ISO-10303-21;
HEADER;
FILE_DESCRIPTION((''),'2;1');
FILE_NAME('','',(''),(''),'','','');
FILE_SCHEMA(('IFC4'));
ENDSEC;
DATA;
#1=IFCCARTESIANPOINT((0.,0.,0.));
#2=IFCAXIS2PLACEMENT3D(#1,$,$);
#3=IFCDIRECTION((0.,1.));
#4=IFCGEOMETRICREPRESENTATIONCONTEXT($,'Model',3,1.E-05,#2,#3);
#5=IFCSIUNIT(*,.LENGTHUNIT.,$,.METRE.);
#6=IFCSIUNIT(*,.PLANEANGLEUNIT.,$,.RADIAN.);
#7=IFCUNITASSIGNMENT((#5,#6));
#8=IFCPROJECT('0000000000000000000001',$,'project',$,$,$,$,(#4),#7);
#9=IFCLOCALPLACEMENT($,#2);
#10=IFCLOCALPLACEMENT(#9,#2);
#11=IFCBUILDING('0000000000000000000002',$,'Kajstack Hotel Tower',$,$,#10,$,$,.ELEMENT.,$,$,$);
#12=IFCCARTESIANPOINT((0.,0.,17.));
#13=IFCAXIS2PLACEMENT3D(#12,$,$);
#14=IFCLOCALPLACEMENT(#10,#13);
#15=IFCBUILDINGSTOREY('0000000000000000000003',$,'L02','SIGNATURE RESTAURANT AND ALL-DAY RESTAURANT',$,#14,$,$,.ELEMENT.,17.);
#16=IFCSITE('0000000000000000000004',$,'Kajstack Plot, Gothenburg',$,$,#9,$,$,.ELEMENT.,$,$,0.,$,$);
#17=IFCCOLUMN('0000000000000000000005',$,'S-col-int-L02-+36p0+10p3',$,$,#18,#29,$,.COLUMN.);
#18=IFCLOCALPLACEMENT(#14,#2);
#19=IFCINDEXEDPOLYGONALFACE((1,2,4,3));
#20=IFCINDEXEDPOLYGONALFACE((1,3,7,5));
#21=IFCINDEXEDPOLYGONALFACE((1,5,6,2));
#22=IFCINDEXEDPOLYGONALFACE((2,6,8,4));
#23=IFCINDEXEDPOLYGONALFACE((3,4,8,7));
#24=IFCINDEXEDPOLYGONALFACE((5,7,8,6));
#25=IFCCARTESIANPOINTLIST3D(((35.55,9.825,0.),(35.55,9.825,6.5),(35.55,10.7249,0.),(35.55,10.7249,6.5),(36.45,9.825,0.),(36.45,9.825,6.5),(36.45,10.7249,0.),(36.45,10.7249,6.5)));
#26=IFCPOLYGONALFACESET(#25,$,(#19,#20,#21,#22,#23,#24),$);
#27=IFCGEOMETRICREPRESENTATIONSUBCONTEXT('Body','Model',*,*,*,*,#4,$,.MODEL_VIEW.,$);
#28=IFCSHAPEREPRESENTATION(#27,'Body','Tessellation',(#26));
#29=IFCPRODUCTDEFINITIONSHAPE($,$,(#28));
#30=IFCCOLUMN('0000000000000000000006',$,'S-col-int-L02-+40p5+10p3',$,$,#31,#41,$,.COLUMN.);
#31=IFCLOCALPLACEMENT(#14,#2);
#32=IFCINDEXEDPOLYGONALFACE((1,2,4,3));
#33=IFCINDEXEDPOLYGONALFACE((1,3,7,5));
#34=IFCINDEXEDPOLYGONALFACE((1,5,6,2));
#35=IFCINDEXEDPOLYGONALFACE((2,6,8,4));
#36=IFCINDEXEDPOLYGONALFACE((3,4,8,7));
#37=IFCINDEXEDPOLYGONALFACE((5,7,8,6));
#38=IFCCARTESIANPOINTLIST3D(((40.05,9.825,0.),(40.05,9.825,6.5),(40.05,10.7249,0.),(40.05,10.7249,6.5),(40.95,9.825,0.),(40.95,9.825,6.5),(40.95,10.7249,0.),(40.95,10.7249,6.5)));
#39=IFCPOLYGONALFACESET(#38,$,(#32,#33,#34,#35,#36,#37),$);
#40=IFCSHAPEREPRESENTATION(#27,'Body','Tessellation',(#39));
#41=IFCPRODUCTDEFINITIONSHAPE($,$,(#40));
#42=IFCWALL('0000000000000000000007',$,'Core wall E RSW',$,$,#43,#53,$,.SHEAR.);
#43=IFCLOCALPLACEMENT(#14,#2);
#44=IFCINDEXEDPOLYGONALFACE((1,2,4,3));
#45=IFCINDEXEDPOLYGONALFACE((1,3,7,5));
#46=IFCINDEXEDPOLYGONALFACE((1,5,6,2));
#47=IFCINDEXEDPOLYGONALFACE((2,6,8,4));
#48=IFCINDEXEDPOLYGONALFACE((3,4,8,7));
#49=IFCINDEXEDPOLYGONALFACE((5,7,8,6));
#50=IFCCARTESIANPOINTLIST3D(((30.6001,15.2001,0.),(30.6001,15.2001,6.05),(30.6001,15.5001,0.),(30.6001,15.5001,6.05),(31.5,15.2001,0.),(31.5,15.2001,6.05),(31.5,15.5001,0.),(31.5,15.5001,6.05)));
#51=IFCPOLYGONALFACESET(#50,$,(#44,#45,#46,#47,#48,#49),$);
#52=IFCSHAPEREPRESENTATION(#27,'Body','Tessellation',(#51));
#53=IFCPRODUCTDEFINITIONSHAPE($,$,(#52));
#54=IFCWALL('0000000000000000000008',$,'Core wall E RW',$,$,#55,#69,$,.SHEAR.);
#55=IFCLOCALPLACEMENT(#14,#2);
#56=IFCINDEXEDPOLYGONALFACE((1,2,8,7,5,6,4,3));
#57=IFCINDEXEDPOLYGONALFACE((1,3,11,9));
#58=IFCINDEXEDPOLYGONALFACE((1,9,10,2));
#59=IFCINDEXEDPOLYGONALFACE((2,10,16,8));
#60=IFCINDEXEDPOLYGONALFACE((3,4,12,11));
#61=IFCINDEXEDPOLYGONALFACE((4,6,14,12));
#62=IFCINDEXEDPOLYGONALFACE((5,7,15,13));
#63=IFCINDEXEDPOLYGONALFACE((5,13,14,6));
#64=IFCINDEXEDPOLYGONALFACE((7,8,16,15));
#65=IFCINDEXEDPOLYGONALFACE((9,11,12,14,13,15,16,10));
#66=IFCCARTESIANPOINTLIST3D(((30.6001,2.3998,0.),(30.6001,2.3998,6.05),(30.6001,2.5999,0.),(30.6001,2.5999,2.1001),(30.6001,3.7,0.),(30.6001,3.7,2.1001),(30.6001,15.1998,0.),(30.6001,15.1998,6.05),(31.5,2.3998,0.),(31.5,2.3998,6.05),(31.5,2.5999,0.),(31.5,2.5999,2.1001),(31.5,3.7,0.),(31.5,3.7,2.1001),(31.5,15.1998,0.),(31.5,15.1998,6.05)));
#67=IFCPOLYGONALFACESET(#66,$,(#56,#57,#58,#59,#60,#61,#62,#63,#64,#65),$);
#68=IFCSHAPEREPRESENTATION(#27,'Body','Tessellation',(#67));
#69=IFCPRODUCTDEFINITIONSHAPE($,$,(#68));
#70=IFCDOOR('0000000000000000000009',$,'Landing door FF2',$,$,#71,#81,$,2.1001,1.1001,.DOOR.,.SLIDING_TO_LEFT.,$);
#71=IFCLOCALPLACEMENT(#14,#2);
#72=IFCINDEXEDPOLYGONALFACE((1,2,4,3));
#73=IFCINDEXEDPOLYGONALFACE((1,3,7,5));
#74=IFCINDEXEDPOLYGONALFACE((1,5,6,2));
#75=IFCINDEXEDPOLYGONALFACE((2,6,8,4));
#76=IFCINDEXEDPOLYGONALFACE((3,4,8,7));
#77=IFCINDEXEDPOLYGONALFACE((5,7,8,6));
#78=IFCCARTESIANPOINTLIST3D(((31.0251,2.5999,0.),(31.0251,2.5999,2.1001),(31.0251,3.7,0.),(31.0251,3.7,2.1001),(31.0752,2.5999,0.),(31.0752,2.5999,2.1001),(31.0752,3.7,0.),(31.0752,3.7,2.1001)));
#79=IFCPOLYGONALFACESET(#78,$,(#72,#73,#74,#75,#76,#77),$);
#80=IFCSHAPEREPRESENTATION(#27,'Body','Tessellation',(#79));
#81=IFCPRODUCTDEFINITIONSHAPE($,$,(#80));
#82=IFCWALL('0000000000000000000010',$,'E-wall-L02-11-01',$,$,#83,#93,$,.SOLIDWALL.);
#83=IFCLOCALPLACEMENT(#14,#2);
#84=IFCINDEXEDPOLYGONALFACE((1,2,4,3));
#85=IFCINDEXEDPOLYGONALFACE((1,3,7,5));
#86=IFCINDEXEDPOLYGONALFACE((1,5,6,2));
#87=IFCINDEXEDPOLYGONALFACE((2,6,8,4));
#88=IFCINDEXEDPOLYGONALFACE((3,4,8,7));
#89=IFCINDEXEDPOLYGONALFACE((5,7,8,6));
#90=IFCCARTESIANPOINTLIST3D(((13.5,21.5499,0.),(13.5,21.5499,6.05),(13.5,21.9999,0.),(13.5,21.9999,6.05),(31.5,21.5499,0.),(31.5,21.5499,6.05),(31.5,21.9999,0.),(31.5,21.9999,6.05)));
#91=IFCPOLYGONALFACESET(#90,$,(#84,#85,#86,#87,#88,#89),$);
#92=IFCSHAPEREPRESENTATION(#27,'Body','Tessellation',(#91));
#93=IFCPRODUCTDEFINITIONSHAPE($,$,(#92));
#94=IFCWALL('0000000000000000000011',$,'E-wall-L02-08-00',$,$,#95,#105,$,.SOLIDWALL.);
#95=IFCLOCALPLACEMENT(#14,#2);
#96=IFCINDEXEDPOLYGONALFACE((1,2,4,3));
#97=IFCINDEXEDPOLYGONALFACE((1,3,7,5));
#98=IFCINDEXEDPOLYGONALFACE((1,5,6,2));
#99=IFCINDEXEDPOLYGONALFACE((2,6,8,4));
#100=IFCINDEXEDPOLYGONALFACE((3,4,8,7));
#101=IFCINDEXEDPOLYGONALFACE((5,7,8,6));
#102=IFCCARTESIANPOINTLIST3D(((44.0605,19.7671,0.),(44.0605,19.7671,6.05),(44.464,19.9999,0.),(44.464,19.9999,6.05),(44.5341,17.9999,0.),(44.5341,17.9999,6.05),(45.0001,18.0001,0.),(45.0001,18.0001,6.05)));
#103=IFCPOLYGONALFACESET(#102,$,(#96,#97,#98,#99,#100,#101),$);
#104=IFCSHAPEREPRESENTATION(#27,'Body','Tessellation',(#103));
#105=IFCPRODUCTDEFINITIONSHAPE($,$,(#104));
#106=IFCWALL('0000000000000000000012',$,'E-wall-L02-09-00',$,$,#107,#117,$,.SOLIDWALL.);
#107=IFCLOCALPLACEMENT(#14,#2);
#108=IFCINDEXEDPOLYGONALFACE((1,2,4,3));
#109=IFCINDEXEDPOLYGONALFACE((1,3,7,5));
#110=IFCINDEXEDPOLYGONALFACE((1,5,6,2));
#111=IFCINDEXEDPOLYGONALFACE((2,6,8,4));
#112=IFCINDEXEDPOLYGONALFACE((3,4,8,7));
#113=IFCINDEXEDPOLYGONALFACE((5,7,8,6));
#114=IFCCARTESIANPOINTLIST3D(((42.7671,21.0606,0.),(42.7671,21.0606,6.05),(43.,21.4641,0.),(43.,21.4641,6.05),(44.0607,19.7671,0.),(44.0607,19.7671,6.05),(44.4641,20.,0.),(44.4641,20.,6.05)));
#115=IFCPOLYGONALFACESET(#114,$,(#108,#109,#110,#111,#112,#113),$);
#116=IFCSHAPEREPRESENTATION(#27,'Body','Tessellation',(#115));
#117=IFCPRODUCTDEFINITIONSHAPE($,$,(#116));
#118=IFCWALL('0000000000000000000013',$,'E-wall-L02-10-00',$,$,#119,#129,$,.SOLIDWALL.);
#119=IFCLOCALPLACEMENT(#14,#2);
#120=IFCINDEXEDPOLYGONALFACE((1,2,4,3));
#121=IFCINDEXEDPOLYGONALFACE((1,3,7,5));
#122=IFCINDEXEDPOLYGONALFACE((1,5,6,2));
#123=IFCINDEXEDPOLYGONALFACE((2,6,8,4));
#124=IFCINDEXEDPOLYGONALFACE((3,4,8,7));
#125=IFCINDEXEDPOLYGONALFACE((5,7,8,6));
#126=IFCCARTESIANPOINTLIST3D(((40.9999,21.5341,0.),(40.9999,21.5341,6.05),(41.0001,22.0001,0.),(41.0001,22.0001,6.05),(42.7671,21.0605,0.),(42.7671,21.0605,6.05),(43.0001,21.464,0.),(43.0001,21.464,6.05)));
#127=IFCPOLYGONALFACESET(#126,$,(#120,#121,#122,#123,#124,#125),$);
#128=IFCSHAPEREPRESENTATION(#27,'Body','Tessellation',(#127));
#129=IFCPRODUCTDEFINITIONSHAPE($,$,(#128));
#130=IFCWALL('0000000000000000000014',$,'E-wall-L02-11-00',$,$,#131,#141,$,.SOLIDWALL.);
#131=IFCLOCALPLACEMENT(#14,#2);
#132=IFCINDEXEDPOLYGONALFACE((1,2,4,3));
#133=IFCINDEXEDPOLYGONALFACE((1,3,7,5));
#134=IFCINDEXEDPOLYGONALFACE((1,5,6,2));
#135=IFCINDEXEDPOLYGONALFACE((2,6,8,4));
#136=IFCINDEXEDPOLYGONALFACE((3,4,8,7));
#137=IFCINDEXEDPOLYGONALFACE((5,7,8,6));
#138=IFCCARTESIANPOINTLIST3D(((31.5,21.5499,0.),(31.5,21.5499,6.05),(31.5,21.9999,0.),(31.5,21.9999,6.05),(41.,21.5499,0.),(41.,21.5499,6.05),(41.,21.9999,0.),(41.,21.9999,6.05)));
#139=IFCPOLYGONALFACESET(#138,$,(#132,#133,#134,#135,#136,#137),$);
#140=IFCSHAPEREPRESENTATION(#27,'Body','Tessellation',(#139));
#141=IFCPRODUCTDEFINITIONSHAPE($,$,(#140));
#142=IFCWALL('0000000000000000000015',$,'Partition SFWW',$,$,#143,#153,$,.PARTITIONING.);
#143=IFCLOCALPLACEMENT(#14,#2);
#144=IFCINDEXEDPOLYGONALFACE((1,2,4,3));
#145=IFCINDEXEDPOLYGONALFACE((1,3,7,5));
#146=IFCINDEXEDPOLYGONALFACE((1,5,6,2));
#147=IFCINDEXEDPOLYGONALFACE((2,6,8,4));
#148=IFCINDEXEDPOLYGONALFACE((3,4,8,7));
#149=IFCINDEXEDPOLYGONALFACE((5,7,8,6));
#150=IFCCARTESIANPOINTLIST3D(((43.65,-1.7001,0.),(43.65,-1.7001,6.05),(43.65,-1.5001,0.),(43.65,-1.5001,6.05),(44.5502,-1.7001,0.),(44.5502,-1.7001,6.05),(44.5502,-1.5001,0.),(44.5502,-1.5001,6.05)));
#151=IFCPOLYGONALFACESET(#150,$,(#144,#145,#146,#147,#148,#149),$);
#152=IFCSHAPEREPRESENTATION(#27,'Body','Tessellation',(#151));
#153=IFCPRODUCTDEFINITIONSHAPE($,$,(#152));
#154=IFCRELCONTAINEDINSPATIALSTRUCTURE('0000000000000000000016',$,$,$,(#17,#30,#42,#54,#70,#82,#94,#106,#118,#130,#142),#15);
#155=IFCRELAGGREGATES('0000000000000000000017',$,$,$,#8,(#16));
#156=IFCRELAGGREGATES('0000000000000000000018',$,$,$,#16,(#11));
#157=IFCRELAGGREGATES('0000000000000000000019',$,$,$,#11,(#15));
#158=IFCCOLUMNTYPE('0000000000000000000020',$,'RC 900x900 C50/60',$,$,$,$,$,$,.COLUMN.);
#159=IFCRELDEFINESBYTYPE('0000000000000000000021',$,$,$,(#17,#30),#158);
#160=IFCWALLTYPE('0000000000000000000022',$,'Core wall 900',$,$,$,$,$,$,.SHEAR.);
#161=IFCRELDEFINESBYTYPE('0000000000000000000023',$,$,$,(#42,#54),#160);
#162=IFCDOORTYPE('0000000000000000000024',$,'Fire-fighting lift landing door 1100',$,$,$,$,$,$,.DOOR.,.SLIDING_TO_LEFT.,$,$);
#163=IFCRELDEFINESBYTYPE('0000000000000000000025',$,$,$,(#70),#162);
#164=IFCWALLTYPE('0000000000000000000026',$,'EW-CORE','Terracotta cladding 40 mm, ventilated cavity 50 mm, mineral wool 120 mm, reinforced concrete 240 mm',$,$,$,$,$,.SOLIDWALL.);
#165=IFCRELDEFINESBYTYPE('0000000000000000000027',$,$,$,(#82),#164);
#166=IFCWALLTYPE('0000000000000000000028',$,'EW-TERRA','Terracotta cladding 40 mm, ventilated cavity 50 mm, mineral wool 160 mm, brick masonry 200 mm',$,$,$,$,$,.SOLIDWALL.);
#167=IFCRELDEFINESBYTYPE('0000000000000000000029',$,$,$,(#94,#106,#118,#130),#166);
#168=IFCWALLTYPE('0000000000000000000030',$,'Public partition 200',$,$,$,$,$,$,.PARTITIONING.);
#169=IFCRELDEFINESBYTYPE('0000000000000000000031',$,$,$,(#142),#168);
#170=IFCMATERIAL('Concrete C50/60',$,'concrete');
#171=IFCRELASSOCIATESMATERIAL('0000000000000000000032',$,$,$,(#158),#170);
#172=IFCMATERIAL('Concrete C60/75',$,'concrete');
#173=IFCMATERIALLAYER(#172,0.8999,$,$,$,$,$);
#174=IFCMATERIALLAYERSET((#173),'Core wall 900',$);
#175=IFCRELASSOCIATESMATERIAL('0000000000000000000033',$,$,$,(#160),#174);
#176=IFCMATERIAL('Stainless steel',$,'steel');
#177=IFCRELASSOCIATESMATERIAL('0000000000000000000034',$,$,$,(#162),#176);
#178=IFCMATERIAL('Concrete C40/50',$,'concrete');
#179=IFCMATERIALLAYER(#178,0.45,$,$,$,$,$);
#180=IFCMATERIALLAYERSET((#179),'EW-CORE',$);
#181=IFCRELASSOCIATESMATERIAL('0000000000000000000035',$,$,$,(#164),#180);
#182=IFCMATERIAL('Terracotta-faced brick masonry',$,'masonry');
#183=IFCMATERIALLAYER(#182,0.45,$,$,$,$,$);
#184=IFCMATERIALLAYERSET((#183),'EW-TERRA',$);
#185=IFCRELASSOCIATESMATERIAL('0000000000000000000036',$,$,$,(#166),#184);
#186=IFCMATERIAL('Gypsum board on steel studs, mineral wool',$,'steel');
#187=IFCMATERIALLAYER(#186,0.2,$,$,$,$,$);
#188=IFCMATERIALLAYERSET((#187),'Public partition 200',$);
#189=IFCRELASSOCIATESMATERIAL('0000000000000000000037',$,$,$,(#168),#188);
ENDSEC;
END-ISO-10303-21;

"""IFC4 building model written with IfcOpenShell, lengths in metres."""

from ifc_helpers import new_model, si_unit, direction, frame, frame_2d, origin, origin_2d, place, context, subcontext, project, spatial, polyline, rectangle, outline, extrude, material, layer, layer_set, material_profile, profile_set, type_object, element, fill, save


model = new_model("IFC4")

# Units and contexts
model_context = context("Model", 3, precision=1e-05, world=origin(), true_north=direction((0.0, 1.0)))
body_context = subcontext(model_context, "Body", "Model", "MODEL_VIEW")
ifc_project = project(units=[si_unit("LENGTHUNIT", "METRE"), si_unit("PLANEANGLEUNIT", "RADIAN")], contexts=[model_context])

# Site, building, storey
site_placement = place(None, origin())
site = spatial("IfcSite", under=ifc_project, at=site_placement, Name="Kajstack Plot, Gothenburg", CompositionType="ELEMENT", RefElevation=0.0)
building_placement = place(site_placement, origin())
building = spatial("IfcBuilding", under=site, at=building_placement, Name="Kajstack Hotel Tower", CompositionType="ELEMENT")
storey_placement = place(building_placement, frame((0.0, 0.0, 17.0)))
storey = spatial("IfcBuildingStorey", under=building, at=storey_placement, Name="L02", Description="SIGNATURE RESTAURANT AND ALL-DAY RESTAURANT", CompositionType="ELEMENT", Elevation=17.0)

# Columns
ifc_material_1 = material(Name="Concrete C50/60", Category="concrete")
ifc_material_profile = material_profile(ifc_material_1, rectangle(XDim=0.8999, YDim=0.8999, at=origin_2d()), Name="RC 900x900")
ifc_profile_set = profile_set([ifc_material_profile], Name="Concrete C50/60")
column_type = type_object("IfcColumnType", Name="RC 900x900 C50/60", PredefinedType="COLUMN", material=ifc_profile_set)
for number, where, z_axis, x_axis, name in (
    (1, (36.0, 10.2749, 0.0), (0.0, 0.0, 1.0), (1.0, 0.0, 0.0), "S-col-int-L02-+36p0+10p3"),
    (2, (40.5, 10.2749, 0.0), (0.0, 0.0, 1.0), (1.0, 0.0, 0.0), "S-col-int-L02-+40p5+10p3"),
):
    element("IfcColumn", number, at=place(storey_placement, frame(where, z_axis=z_axis, x_axis=x_axis)), inside=storey, type_object=column_type, Name=name, PredefinedType="COLUMN", context=body_context, shape_type="SweptSolid", body=[
        extrude(rectangle(XDim=0.8999, YDim=0.8999, at=origin_2d()), origin(), (0.0, 0.0, 1.0), 6.5),
    ])

# Wall
ifc_material_2 = material(Name="Concrete C60/75", Category="concrete")
ifc_layer_1 = layer(ifc_material_2, 0.8999)
ifc_layer_set_1 = layer_set([ifc_layer_1], Name="Core wall 900")
wall_type_1 = type_object("IfcWallType", Name="Core wall 900", PredefinedType="SHEAR", material=ifc_layer_set_1)
wall_1_placement = place(storey_placement, frame((30.6001, 15.3501, 0.0), z_axis=(0.0, 0.0, 1.0), x_axis=(1.0, 0.0, 0.0)))
element("IfcWall", 3, at=wall_1_placement, inside=storey, type_object=wall_type_1, Name="Core wall E RSW", PredefinedType="SHEAR", context=body_context, shape_type="SweptSolid", body=[
    extrude(rectangle(XDim=0.8999, YDim=0.3, at=frame_2d((0.45, 0.0))), origin(), (0.0, 0.0, 1.0), 6.05),
])

# Wall, opening, door
wall_2_placement = place(storey_placement, frame((31.05, 2.3999, 0.0), z_axis=(0.0, 0.0, 1.0), x_axis=(0.0, 1.0, 0.0)))
wall_2 = element("IfcWall", 4, at=wall_2_placement, inside=storey, type_object=wall_type_1, Name="Core wall E RW", PredefinedType="SHEAR", context=body_context, shape_type="SweptSolid", body=[
    extrude(rectangle(XDim=12.8, YDim=0.8999, at=frame_2d((6.3999, 0.0))), origin(), (0.0, 0.0, 1.0), 6.05),
])
opening_1_placement = place(wall_2_placement, frame((0.2, 0.0, 0.0)))
opening_1 = element("IfcOpeningElement", 5, at=opening_1_placement, cuts=wall_2, PredefinedType="OPENING", context=body_context, shape_type="SweptSolid", body=[
    extrude(rectangle(XDim=1.1001, YDim=2.1001, at=frame_2d((0.55, 1.05))), frame((0.0, 0.46, 0.0), z_axis=(0.0, -1.0, 0.0), x_axis=(1.0, 0.0, 0.0)), (0.0, 0.0, 1.0), 0.9199),
])
ifc_material_3 = material(Name="Stainless steel", Category="steel")
door_type_1 = type_object("IfcDoorType", Name="Fire-fighting lift landing door 1100", OperationType="SLIDING_TO_LEFT", PredefinedType="DOOR", material=ifc_material_3)
door_1_placement = place(opening_1_placement, origin())
door_1 = element("IfcDoor", 6, at=door_1_placement, inside=storey, type_object=door_type_1, Name="Landing door FF2", OperationType="SLIDING_TO_LEFT", OverallHeight=2.1001, OverallWidth=1.1001, PredefinedType="DOOR", context=body_context, shape_type="SweptSolid", body=[
    extrude(rectangle(XDim=1.1001, YDim=2.1001, at=frame_2d((0.55, 1.05))), frame((0.0, 0.0249, 0.0), z_axis=(0.0, -1.0, 0.0), x_axis=(1.0, 0.0, 0.0)), (0.0, 0.0, 1.0), 0.05),
])
fill(opening_1, door_1)

# Walls
ifc_material_4 = material(Name="Concrete C40/50", Category="concrete")
ifc_layer_2 = layer(ifc_material_4, 0.45)
ifc_layer_set_2 = layer_set([ifc_layer_2], Name="EW-CORE")
wall_type_2 = type_object("IfcWallType", Name="EW-CORE", Description="Terracotta cladding 40 mm, ventilated cavity 50 mm, mineral wool 120 mm, reinforced concrete 240 mm", PredefinedType="SOLIDWALL", material=ifc_layer_set_2)
wall_3_placement = place(storey_placement, frame((31.5, 21.7749, 0.0), z_axis=(0.0, 0.0, 1.0), x_axis=(-1.0, 0.0, 0.0)))
element("IfcWall", 7, at=wall_3_placement, inside=storey, type_object=wall_type_2, Name="E-wall-L02-11-01", PredefinedType="SOLIDWALL", context=body_context, shape_type="SweptSolid", body=[
    extrude(rectangle(XDim=18.0, YDim=0.45, at=frame_2d((9.0, 0.0))), origin(), (0.0, 0.0, 1.0), 6.05),
])
ifc_material_5 = material(Name="Terracotta-faced brick masonry", Category="masonry")
ifc_layer_3 = layer(ifc_material_5, 0.45)
ifc_layer_set_3 = layer_set([ifc_layer_3], Name="EW-TERRA")
wall_type_3 = type_object("IfcWallType", Name="EW-TERRA", Description="Terracotta cladding 40 mm, ventilated cavity 50 mm, mineral wool 160 mm, brick masonry 200 mm", PredefinedType="SOLIDWALL", material=ifc_layer_set_3)
wall_4_placement = place(storey_placement, frame((44.7827, 17.9417, 0.0), z_axis=(0.0, 0.0, 1.0), x_axis=(-0.258815, 0.965927, 0.0)))
element("IfcWall", 8, at=wall_4_placement, inside=storey, type_object=wall_type_3, Name="E-wall-L02-08-00", PredefinedType="SOLIDWALL", context=body_context, shape_type="SweptSolid", body=[
    extrude(outline(polyline([(0.0002, -0.2251), (2.0706, -0.2249), (1.9502, 0.2251), (0.1206, 0.2251), (0.0002, -0.2251)])), origin(), (0.0, 0.0, 1.0), 6.05),
])
wall_5_placement = place(storey_placement, frame((44.3049, 19.8408, 0.0), z_axis=(0.0, 0.0, 1.0), x_axis=(-0.707107, 0.707107, 0.0)))
element("IfcWall", 9, at=wall_5_placement, inside=storey, type_object=wall_type_3, Name="E-wall-L02-09-00", PredefinedType="SOLIDWALL", context=body_context, shape_type="SweptSolid", body=[
    extrude(outline(polyline([(0.0, -0.2251), (2.0706, -0.2251), (1.95, 0.2249), (0.1206, 0.2249), (0.0, -0.2251)])), origin(), (0.0, 0.0, 1.0), 6.05),
])
wall_6_placement = place(storey_placement, frame((42.9417, 21.2468, 0.0), z_axis=(0.0, 0.0, 1.0), x_axis=(-0.965927, 0.258815, 0.0)))
element("IfcWall", 10, at=wall_6_placement, inside=storey, type_object=wall_type_3, Name="E-wall-L02-10-00", PredefinedType="SOLIDWALL", context=body_context, shape_type="SweptSolid", body=[
    extrude(outline(polyline([(-0.0002, -0.2249), (2.0703, -0.2251), (1.95, 0.2251), (0.1204, 0.2251), (-0.0002, -0.2249)])), origin(), (0.0, 0.0, 1.0), 6.05),
])
wall_7_placement = place(storey_placement, frame((41.0, 21.7749, 0.0), z_axis=(0.0, 0.0, 1.0), x_axis=(-1.0, 0.0, 0.0)))
element("IfcWall", 11, at=wall_7_placement, inside=storey, type_object=wall_type_3, Name="E-wall-L02-11-00", PredefinedType="SOLIDWALL", context=body_context, shape_type="SweptSolid", body=[
    extrude(rectangle(XDim=9.5, YDim=0.45, at=frame_2d((4.75, 0.0))), origin(), (0.0, 0.0, 1.0), 6.05),
])
ifc_material_6 = material(Name="Gypsum board on steel studs, mineral wool", Category="steel")
ifc_layer_4 = layer(ifc_material_6, 0.2)
ifc_layer_set_4 = layer_set([ifc_layer_4], Name="Public partition 200")
wall_type_4 = type_object("IfcWallType", Name="Public partition 200", PredefinedType="PARTITIONING", material=ifc_layer_set_4)
wall_8_placement = place(storey_placement, frame((43.6499, -1.6001, 0.0), z_axis=(0.0, 0.0, 1.0), x_axis=(1.0, 0.0, 0.0)))
element("IfcWall", 12, at=wall_8_placement, inside=storey, type_object=wall_type_4, Name="Partition SFWW", PredefinedType="PARTITIONING", context=body_context, shape_type="SweptSolid", body=[
    extrude(rectangle(XDim=0.9001, YDim=0.2, at=frame_2d((0.4502, 0.0))), origin(), (0.0, 0.0, 1.0), 6.05),
])

save(model, "model.ifc")
